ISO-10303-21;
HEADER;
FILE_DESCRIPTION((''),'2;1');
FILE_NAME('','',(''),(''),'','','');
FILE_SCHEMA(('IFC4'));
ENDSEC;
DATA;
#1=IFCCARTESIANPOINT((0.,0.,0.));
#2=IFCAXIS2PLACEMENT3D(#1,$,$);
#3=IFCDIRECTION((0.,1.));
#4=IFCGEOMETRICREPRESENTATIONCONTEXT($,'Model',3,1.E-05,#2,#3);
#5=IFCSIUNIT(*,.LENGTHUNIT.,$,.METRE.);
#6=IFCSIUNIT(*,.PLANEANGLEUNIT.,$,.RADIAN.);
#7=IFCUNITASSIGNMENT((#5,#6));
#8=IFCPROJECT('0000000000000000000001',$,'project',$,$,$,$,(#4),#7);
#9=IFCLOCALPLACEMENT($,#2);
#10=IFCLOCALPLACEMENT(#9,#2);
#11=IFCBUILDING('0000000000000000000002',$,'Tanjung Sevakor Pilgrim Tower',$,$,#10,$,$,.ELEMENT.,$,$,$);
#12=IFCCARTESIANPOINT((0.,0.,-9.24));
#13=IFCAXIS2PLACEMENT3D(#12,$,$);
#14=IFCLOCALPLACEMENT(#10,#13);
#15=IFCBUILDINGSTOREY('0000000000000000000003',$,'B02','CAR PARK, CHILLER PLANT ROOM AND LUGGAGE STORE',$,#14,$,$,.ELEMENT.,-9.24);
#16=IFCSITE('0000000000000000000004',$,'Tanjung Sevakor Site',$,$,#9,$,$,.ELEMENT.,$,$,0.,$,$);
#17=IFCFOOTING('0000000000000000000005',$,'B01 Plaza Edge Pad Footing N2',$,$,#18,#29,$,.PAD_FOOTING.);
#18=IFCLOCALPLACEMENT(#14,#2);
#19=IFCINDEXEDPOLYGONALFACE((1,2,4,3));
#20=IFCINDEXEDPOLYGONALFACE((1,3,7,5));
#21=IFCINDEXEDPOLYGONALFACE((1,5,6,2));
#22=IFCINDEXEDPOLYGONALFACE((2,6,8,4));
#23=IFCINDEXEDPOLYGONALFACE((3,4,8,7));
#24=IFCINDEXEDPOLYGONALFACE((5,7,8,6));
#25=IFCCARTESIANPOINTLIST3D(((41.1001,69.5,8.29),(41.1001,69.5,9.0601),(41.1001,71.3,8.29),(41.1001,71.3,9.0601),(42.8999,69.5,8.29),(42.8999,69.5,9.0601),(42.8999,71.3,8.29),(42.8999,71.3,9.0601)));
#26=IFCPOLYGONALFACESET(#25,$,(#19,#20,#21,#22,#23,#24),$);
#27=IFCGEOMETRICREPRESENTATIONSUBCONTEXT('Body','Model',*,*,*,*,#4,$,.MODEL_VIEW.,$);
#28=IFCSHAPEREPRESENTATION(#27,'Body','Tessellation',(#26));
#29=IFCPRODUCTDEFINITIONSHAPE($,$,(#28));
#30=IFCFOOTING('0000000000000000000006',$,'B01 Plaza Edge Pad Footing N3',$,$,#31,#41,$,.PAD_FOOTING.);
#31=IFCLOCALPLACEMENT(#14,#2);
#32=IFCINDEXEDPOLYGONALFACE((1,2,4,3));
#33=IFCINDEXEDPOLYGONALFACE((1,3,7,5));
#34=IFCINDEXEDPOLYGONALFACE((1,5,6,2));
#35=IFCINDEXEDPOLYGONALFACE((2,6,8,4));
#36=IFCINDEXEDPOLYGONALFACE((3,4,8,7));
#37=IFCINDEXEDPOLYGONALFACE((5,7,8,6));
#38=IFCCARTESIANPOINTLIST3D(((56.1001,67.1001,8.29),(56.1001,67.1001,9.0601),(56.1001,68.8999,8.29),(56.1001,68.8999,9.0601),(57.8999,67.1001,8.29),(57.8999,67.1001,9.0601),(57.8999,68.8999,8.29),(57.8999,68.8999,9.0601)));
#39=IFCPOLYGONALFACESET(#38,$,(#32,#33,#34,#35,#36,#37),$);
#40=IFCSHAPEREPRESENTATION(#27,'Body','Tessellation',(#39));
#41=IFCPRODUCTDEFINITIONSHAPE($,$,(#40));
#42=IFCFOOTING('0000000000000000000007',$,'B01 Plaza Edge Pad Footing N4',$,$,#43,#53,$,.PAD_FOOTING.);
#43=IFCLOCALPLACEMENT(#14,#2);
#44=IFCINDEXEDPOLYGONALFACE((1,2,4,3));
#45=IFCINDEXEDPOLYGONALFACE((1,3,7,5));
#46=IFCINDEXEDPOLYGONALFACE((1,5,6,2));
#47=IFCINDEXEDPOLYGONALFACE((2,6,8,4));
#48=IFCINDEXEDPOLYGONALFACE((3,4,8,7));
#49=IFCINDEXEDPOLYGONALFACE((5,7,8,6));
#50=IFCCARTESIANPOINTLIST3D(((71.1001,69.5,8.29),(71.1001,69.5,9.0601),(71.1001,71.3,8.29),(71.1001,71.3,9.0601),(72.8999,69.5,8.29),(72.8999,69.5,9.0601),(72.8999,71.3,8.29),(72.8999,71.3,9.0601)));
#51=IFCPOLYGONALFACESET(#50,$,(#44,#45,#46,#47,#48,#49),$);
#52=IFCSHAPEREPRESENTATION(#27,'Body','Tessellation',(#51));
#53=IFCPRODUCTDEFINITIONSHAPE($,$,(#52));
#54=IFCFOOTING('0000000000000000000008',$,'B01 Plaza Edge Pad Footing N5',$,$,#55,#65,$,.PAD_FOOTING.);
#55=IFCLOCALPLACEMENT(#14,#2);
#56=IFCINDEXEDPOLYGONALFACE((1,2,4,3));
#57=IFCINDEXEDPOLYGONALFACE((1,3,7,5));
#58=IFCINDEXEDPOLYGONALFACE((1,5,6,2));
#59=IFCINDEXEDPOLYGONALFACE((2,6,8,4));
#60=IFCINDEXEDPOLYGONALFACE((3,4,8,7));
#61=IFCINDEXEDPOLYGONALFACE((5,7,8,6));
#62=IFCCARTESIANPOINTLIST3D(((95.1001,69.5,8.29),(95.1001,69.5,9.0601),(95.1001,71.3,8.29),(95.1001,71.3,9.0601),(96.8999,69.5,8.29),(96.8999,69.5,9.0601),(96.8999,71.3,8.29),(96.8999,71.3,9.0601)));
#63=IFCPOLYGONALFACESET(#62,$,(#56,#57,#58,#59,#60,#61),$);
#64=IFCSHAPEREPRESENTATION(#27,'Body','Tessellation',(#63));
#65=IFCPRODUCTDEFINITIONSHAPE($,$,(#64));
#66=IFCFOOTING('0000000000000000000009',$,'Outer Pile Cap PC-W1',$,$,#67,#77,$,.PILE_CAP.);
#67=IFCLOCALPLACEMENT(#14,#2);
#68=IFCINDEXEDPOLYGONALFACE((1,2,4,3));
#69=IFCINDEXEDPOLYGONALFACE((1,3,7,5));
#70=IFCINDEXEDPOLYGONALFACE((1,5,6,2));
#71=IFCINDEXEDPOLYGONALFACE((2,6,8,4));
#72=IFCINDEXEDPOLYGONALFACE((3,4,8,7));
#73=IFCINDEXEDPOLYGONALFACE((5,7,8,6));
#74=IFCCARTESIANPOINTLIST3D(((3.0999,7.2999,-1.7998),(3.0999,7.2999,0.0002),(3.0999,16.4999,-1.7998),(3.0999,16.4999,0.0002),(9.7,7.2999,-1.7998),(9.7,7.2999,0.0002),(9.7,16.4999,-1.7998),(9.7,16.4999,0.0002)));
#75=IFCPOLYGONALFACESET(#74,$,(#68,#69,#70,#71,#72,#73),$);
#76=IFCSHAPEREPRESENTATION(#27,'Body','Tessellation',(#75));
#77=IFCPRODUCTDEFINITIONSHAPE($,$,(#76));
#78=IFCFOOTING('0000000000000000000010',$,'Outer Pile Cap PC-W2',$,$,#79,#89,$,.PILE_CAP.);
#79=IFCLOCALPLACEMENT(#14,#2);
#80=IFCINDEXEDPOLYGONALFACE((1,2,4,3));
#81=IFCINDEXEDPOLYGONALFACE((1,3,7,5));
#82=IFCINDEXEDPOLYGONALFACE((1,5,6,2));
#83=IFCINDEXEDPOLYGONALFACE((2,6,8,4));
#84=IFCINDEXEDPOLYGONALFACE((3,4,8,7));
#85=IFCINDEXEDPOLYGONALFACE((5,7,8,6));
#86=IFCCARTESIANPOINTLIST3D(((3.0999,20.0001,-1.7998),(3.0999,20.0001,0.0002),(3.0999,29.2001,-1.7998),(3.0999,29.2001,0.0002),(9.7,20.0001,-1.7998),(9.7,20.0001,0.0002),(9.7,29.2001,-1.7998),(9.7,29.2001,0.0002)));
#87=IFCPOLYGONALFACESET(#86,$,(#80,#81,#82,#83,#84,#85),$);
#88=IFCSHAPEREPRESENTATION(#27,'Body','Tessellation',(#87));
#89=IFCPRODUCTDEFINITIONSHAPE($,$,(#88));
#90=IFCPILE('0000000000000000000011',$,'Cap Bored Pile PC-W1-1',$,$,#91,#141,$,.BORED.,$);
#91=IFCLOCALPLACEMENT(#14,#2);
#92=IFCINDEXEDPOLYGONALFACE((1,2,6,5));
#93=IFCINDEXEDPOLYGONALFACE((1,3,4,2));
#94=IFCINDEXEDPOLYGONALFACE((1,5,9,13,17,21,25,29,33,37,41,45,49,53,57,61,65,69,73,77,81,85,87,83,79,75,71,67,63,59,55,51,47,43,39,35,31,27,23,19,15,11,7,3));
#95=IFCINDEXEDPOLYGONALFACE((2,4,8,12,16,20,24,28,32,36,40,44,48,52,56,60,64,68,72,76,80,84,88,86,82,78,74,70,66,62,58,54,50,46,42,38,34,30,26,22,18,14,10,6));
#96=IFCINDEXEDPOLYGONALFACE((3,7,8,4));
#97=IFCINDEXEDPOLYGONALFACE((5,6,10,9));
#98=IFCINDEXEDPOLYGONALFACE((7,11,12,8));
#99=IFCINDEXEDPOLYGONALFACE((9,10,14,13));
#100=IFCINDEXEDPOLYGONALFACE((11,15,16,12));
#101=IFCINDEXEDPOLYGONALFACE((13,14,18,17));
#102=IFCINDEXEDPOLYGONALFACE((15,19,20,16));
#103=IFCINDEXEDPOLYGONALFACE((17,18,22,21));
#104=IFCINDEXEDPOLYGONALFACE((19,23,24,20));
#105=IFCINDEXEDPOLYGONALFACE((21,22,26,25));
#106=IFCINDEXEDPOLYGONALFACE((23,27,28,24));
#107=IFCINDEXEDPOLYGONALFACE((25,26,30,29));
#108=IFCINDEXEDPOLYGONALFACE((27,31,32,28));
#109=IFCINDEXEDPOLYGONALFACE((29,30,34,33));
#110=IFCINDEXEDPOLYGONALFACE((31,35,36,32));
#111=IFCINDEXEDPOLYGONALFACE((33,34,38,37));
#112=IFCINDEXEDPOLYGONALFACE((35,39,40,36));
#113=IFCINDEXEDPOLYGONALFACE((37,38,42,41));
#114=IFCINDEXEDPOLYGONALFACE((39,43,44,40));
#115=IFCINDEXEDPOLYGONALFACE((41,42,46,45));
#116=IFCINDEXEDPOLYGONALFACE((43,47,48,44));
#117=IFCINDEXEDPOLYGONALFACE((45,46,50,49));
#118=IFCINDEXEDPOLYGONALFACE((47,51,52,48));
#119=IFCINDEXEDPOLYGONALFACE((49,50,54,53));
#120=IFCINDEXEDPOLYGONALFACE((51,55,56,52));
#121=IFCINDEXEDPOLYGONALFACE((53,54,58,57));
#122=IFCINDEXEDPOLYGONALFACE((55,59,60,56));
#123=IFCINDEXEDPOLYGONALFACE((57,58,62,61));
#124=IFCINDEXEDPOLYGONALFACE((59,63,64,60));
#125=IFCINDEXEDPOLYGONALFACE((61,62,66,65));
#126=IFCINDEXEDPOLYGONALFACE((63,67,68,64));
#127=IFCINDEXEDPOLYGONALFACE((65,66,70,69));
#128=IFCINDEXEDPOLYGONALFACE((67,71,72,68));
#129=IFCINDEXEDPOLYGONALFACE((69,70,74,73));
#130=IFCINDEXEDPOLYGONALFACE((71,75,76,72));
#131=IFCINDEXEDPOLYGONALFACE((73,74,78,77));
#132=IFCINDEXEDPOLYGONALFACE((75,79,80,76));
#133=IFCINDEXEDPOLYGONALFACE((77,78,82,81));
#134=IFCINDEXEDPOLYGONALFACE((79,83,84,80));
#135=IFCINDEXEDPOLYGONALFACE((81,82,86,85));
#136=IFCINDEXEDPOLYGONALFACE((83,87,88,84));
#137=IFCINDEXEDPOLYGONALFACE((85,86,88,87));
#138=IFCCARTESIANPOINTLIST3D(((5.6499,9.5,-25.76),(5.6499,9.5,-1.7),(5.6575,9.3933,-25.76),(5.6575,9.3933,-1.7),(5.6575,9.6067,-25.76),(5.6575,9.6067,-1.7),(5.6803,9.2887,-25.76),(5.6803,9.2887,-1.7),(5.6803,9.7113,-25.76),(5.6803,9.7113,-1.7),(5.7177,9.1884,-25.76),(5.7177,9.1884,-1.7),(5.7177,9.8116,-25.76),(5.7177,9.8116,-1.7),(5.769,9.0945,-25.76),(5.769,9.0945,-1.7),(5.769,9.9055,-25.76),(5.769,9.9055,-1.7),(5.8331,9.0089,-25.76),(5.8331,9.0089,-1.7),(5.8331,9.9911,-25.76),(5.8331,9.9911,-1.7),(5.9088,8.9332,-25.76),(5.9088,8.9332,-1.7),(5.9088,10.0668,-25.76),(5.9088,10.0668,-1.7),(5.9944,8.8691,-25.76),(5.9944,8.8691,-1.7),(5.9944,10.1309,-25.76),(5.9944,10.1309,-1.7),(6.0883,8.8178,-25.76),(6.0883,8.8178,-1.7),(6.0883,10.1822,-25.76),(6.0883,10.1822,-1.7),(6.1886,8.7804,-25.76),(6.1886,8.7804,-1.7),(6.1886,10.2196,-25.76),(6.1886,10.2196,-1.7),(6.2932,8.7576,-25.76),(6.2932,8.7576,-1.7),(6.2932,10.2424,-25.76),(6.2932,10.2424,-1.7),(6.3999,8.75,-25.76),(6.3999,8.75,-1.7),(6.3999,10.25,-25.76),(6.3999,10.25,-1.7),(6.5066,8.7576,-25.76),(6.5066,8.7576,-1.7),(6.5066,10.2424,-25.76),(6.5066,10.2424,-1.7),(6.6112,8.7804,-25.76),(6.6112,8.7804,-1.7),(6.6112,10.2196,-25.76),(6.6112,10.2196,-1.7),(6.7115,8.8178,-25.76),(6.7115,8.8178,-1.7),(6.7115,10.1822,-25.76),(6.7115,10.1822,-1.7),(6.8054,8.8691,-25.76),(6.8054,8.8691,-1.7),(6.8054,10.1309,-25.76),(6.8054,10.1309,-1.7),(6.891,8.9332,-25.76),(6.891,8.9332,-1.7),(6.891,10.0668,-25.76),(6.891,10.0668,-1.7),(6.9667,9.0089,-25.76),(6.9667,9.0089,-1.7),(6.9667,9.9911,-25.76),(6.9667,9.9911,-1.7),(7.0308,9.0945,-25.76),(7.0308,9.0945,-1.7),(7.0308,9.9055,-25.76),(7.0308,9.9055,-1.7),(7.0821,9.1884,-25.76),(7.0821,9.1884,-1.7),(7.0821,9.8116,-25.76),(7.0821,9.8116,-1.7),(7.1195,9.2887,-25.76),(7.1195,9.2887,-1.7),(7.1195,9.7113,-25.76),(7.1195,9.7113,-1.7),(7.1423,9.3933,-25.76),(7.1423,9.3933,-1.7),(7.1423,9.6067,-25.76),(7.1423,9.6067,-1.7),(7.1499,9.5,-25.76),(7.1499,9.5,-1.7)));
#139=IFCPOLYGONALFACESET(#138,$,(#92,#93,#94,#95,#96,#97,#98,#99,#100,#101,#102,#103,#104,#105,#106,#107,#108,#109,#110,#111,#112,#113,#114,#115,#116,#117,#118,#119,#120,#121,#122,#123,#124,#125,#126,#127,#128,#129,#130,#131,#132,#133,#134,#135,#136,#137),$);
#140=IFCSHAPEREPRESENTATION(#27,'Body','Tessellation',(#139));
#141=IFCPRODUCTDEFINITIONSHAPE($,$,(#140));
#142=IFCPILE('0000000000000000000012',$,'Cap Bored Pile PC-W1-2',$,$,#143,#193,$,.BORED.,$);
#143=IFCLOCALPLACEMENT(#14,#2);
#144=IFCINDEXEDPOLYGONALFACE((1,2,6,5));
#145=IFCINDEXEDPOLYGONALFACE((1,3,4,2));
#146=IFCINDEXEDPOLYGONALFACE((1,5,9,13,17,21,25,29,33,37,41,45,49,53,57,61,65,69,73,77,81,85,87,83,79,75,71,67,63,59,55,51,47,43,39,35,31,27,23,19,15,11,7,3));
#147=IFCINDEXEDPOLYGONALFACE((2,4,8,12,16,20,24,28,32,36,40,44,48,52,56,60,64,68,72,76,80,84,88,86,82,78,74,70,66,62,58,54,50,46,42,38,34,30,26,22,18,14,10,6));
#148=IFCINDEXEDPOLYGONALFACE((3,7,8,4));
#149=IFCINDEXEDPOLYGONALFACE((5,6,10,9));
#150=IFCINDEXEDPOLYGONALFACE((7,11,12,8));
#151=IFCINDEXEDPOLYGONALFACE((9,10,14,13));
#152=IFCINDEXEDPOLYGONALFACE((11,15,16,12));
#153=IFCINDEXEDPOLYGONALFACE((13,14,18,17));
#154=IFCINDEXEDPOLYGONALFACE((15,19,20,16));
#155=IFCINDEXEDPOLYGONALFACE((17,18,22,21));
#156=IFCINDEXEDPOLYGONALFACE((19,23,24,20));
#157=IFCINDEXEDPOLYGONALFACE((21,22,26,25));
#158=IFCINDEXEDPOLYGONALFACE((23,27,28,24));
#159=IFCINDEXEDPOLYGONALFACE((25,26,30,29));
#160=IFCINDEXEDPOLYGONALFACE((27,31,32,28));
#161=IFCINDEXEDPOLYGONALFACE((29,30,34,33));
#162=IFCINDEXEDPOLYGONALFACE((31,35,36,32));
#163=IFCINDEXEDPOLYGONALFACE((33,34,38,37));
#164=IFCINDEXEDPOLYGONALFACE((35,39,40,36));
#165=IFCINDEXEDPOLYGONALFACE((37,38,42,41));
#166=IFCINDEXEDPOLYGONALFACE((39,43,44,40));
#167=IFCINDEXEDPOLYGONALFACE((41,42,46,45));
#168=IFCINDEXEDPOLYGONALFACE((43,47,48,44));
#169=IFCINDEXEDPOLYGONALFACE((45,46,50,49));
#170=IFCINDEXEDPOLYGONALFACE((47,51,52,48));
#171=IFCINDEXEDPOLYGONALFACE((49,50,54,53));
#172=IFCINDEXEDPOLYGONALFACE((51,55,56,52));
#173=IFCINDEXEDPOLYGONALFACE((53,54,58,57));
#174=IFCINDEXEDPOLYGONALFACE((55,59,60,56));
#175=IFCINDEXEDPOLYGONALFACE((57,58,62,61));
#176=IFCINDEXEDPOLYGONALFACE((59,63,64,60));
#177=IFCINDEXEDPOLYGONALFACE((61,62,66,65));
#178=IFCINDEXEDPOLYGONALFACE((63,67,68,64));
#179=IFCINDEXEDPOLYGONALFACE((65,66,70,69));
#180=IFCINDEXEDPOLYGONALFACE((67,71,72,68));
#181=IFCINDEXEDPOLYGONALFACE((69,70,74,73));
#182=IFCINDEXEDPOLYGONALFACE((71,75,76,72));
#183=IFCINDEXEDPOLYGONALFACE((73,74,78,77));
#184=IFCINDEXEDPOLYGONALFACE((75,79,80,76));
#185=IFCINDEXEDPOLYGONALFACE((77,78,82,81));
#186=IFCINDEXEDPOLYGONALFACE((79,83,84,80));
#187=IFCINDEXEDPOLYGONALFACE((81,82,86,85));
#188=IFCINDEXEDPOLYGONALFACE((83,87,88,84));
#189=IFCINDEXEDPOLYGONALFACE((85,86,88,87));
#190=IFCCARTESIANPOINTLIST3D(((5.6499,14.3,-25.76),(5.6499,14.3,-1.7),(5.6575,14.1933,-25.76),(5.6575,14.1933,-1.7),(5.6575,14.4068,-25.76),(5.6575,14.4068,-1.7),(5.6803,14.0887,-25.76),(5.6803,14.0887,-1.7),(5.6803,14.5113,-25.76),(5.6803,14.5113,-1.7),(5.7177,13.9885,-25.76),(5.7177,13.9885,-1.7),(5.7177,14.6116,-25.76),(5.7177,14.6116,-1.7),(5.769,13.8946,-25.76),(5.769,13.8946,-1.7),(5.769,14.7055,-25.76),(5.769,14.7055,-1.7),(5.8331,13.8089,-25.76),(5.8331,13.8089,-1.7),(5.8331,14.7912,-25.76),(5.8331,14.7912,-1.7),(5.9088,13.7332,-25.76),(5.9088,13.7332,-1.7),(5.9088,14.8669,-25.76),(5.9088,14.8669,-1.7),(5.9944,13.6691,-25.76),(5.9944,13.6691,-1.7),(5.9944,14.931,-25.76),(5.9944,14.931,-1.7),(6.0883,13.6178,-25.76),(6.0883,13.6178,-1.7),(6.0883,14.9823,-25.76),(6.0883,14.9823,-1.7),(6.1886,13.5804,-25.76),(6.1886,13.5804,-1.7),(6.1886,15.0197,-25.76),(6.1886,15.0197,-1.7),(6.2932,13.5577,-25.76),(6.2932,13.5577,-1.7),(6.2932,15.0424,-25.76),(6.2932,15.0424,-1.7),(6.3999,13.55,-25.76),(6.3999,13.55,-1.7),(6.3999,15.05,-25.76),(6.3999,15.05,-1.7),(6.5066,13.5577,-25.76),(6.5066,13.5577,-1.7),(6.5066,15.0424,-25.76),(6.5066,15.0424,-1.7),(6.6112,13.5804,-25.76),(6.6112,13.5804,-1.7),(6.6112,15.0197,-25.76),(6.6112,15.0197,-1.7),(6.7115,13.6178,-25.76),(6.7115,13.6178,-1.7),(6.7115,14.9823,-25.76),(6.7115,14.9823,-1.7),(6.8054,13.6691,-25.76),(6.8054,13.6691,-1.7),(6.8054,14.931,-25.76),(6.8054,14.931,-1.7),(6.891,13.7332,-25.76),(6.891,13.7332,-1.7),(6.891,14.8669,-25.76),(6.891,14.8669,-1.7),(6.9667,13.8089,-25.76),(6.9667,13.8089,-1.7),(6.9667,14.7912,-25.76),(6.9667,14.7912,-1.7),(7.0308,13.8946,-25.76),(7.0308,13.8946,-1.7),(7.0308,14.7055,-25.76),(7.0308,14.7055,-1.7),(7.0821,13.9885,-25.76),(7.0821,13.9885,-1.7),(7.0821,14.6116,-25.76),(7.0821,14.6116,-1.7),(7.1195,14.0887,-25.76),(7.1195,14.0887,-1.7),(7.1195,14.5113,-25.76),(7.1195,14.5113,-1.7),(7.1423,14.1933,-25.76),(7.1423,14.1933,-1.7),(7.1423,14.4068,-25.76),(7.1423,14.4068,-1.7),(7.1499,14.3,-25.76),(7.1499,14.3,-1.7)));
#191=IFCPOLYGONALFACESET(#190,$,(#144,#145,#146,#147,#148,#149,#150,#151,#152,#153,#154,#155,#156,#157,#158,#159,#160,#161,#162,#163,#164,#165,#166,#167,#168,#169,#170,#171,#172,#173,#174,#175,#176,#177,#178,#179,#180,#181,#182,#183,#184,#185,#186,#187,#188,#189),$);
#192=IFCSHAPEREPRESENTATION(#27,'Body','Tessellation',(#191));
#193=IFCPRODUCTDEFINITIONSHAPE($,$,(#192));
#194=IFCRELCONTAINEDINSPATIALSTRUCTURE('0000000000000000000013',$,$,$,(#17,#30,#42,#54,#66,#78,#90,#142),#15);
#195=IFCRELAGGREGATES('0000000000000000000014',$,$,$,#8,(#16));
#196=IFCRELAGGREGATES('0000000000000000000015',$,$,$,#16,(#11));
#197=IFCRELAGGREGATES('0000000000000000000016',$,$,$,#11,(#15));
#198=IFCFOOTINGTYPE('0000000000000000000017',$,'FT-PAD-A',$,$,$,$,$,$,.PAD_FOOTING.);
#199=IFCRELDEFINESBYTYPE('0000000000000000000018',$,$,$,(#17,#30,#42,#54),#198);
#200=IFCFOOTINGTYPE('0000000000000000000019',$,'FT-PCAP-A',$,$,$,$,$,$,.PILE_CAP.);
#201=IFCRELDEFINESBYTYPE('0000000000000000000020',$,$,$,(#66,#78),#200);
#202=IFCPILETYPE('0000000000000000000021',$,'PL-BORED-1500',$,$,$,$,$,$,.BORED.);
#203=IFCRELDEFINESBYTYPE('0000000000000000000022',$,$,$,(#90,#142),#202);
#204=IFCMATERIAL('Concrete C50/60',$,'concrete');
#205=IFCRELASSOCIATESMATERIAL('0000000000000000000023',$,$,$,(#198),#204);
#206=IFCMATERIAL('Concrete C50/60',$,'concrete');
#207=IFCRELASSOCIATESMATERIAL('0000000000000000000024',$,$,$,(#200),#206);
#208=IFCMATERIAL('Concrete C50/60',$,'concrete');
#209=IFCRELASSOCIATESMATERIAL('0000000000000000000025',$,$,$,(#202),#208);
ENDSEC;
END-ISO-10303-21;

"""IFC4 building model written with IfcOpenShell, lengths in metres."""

from ifc_helpers import new_model, si_unit, direction, frame, origin, origin_2d, place, context, subcontext, project, spatial, polyline, rectangle, circle, outline, extrude, material, material_profile, profile_set, type_object, element, save


model = new_model("IFC4")

# Units and contexts
model_context = context("Model", 3, precision=1e-05, world=origin(), true_north=direction((0.0, 1.0)))
body_context = subcontext(model_context, "Body", "Model", "MODEL_VIEW")
ifc_project = project(units=[si_unit("LENGTHUNIT", "METRE"), si_unit("PLANEANGLEUNIT", "RADIAN")], contexts=[model_context])

# Site, building, storey
site_placement = place(None, origin())
site = spatial("IfcSite", under=ifc_project, at=site_placement, Name="Tanjung Sevakor Site", CompositionType="ELEMENT", RefElevation=0.0)
building_placement = place(site_placement, origin())
building = spatial("IfcBuilding", under=site, at=building_placement, Name="Tanjung Sevakor Pilgrim Tower", CompositionType="ELEMENT")
storey_placement = place(building_placement, frame((0.0, 0.0, -9.24)))
storey = spatial("IfcBuildingStorey", under=building, at=storey_placement, Name="B02", Description="CAR PARK, CHILLER PLANT ROOM AND LUGGAGE STORE", CompositionType="ELEMENT", Elevation=-9.24)

# Footings
ifc_material_1 = material(Name="Concrete C50/60", Category="concrete")
footing_type_1 = type_object("IfcFootingType", Name="FT-PAD-A", PredefinedType="PAD_FOOTING", material=ifc_material_1)
footing_1_placement = place(storey_placement, frame((0.0, 0.0, 8.29)))
element("IfcFooting", 1, at=footing_1_placement, inside=storey, type_object=footing_type_1, Name="B01 Plaza Edge Pad Footing N2", PredefinedType="PAD_FOOTING", context=body_context, shape_type="SweptSolid", body=[
    extrude(outline(polyline([(41.1001, 69.5), (42.8999, 69.5), (42.8999, 71.3), (41.1001, 71.3), (41.1001, 69.5)])), origin(), (0.0, 0.0, 1.0), 0.77),
])
footing_2_placement = place(storey_placement, frame((0.0, 0.0, 8.29)))
element("IfcFooting", 2, at=footing_2_placement, inside=storey, type_object=footing_type_1, Name="B01 Plaza Edge Pad Footing N3", PredefinedType="PAD_FOOTING", context=body_context, shape_type="SweptSolid", body=[
    extrude(outline(polyline([(56.1001, 67.1001), (57.8999, 67.1001), (57.8999, 68.8999), (56.1001, 68.8999), (56.1001, 67.1001)])), origin(), (0.0, 0.0, 1.0), 0.77),
])
footing_3_placement = place(storey_placement, frame((0.0, 0.0, 8.29)))
element("IfcFooting", 3, at=footing_3_placement, inside=storey, type_object=footing_type_1, Name="B01 Plaza Edge Pad Footing N4", PredefinedType="PAD_FOOTING", context=body_context, shape_type="SweptSolid", body=[
    extrude(outline(polyline([(71.1001, 69.5), (72.8999, 69.5), (72.8999, 71.3), (71.1001, 71.3), (71.1001, 69.5)])), origin(), (0.0, 0.0, 1.0), 0.77),
])
footing_4_placement = place(storey_placement, frame((0.0, 0.0, 8.29)))
element("IfcFooting", 4, at=footing_4_placement, inside=storey, type_object=footing_type_1, Name="B01 Plaza Edge Pad Footing N5", PredefinedType="PAD_FOOTING", context=body_context, shape_type="SweptSolid", body=[
    extrude(outline(polyline([(95.1001, 69.5), (96.8999, 69.5), (96.8999, 71.3), (95.1001, 71.3), (95.1001, 69.5)])), origin(), (0.0, 0.0, 1.0), 0.77),
])
ifc_material_2 = material(Name="Concrete C50/60", Category="concrete")
footing_type_2 = type_object("IfcFootingType", Name="FT-PCAP-A", PredefinedType="PILE_CAP", material=ifc_material_2)
for number, where, z_axis, x_axis, name in (
    (5, (6.3999, 11.8999, -1.7998), (0.0, 0.0, 1.0), (1.0, 0.0, 0.0), "Outer Pile Cap PC-W1"),
    (6, (6.3999, 24.6001, -1.7998), (0.0, 0.0, 1.0), (1.0, 0.0, 0.0), "Outer Pile Cap PC-W2"),
):
    element("IfcFooting", number, at=place(storey_placement, frame(where, z_axis=z_axis, x_axis=x_axis)), inside=storey, type_object=footing_type_2, Name=name, PredefinedType="PILE_CAP", context=body_context, shape_type="SweptSolid", body=[
        extrude(rectangle(XDim=6.6001, YDim=9.2, at=origin_2d()), origin(), (0.0, 0.0, 1.0), 1.8),
    ])

# Piles
ifc_material_3 = material(Name="Concrete C50/60", Category="concrete")
ifc_material_profile_1 = material_profile(ifc_material_3, circle(Radius=0.75, at=origin_2d()))
ifc_profile_set_1 = profile_set([ifc_material_profile_1], Name="Concrete C50/60")
pile_type = type_object("IfcPileType", Name="PL-BORED-1500", PredefinedType="BORED", material=ifc_profile_set_1)
for number, where, z_axis, x_axis, name in (
    (7, (6.3999, 9.5, -1.7), (0.0, 0.0, -1.0), (1.0, 0.0, 0.0), "Cap Bored Pile PC-W1-1"),
    (8, (6.3999, 14.3, -1.7), (0.0, 0.0, -1.0), (1.0, 0.0, 0.0), "Cap Bored Pile PC-W1-2"),
):
    element("IfcPile", number, at=place(storey_placement, frame(where, z_axis=z_axis, x_axis=x_axis)), inside=storey, type_object=pile_type, Name=name, PredefinedType="BORED", context=body_context, shape_type="SweptSolid", body=[
        extrude(circle(Radius=0.75, at=origin_2d()), origin(), (0.0, 0.0, 1.0), 24.0601),
    ])

save(model, "model.ifc")
